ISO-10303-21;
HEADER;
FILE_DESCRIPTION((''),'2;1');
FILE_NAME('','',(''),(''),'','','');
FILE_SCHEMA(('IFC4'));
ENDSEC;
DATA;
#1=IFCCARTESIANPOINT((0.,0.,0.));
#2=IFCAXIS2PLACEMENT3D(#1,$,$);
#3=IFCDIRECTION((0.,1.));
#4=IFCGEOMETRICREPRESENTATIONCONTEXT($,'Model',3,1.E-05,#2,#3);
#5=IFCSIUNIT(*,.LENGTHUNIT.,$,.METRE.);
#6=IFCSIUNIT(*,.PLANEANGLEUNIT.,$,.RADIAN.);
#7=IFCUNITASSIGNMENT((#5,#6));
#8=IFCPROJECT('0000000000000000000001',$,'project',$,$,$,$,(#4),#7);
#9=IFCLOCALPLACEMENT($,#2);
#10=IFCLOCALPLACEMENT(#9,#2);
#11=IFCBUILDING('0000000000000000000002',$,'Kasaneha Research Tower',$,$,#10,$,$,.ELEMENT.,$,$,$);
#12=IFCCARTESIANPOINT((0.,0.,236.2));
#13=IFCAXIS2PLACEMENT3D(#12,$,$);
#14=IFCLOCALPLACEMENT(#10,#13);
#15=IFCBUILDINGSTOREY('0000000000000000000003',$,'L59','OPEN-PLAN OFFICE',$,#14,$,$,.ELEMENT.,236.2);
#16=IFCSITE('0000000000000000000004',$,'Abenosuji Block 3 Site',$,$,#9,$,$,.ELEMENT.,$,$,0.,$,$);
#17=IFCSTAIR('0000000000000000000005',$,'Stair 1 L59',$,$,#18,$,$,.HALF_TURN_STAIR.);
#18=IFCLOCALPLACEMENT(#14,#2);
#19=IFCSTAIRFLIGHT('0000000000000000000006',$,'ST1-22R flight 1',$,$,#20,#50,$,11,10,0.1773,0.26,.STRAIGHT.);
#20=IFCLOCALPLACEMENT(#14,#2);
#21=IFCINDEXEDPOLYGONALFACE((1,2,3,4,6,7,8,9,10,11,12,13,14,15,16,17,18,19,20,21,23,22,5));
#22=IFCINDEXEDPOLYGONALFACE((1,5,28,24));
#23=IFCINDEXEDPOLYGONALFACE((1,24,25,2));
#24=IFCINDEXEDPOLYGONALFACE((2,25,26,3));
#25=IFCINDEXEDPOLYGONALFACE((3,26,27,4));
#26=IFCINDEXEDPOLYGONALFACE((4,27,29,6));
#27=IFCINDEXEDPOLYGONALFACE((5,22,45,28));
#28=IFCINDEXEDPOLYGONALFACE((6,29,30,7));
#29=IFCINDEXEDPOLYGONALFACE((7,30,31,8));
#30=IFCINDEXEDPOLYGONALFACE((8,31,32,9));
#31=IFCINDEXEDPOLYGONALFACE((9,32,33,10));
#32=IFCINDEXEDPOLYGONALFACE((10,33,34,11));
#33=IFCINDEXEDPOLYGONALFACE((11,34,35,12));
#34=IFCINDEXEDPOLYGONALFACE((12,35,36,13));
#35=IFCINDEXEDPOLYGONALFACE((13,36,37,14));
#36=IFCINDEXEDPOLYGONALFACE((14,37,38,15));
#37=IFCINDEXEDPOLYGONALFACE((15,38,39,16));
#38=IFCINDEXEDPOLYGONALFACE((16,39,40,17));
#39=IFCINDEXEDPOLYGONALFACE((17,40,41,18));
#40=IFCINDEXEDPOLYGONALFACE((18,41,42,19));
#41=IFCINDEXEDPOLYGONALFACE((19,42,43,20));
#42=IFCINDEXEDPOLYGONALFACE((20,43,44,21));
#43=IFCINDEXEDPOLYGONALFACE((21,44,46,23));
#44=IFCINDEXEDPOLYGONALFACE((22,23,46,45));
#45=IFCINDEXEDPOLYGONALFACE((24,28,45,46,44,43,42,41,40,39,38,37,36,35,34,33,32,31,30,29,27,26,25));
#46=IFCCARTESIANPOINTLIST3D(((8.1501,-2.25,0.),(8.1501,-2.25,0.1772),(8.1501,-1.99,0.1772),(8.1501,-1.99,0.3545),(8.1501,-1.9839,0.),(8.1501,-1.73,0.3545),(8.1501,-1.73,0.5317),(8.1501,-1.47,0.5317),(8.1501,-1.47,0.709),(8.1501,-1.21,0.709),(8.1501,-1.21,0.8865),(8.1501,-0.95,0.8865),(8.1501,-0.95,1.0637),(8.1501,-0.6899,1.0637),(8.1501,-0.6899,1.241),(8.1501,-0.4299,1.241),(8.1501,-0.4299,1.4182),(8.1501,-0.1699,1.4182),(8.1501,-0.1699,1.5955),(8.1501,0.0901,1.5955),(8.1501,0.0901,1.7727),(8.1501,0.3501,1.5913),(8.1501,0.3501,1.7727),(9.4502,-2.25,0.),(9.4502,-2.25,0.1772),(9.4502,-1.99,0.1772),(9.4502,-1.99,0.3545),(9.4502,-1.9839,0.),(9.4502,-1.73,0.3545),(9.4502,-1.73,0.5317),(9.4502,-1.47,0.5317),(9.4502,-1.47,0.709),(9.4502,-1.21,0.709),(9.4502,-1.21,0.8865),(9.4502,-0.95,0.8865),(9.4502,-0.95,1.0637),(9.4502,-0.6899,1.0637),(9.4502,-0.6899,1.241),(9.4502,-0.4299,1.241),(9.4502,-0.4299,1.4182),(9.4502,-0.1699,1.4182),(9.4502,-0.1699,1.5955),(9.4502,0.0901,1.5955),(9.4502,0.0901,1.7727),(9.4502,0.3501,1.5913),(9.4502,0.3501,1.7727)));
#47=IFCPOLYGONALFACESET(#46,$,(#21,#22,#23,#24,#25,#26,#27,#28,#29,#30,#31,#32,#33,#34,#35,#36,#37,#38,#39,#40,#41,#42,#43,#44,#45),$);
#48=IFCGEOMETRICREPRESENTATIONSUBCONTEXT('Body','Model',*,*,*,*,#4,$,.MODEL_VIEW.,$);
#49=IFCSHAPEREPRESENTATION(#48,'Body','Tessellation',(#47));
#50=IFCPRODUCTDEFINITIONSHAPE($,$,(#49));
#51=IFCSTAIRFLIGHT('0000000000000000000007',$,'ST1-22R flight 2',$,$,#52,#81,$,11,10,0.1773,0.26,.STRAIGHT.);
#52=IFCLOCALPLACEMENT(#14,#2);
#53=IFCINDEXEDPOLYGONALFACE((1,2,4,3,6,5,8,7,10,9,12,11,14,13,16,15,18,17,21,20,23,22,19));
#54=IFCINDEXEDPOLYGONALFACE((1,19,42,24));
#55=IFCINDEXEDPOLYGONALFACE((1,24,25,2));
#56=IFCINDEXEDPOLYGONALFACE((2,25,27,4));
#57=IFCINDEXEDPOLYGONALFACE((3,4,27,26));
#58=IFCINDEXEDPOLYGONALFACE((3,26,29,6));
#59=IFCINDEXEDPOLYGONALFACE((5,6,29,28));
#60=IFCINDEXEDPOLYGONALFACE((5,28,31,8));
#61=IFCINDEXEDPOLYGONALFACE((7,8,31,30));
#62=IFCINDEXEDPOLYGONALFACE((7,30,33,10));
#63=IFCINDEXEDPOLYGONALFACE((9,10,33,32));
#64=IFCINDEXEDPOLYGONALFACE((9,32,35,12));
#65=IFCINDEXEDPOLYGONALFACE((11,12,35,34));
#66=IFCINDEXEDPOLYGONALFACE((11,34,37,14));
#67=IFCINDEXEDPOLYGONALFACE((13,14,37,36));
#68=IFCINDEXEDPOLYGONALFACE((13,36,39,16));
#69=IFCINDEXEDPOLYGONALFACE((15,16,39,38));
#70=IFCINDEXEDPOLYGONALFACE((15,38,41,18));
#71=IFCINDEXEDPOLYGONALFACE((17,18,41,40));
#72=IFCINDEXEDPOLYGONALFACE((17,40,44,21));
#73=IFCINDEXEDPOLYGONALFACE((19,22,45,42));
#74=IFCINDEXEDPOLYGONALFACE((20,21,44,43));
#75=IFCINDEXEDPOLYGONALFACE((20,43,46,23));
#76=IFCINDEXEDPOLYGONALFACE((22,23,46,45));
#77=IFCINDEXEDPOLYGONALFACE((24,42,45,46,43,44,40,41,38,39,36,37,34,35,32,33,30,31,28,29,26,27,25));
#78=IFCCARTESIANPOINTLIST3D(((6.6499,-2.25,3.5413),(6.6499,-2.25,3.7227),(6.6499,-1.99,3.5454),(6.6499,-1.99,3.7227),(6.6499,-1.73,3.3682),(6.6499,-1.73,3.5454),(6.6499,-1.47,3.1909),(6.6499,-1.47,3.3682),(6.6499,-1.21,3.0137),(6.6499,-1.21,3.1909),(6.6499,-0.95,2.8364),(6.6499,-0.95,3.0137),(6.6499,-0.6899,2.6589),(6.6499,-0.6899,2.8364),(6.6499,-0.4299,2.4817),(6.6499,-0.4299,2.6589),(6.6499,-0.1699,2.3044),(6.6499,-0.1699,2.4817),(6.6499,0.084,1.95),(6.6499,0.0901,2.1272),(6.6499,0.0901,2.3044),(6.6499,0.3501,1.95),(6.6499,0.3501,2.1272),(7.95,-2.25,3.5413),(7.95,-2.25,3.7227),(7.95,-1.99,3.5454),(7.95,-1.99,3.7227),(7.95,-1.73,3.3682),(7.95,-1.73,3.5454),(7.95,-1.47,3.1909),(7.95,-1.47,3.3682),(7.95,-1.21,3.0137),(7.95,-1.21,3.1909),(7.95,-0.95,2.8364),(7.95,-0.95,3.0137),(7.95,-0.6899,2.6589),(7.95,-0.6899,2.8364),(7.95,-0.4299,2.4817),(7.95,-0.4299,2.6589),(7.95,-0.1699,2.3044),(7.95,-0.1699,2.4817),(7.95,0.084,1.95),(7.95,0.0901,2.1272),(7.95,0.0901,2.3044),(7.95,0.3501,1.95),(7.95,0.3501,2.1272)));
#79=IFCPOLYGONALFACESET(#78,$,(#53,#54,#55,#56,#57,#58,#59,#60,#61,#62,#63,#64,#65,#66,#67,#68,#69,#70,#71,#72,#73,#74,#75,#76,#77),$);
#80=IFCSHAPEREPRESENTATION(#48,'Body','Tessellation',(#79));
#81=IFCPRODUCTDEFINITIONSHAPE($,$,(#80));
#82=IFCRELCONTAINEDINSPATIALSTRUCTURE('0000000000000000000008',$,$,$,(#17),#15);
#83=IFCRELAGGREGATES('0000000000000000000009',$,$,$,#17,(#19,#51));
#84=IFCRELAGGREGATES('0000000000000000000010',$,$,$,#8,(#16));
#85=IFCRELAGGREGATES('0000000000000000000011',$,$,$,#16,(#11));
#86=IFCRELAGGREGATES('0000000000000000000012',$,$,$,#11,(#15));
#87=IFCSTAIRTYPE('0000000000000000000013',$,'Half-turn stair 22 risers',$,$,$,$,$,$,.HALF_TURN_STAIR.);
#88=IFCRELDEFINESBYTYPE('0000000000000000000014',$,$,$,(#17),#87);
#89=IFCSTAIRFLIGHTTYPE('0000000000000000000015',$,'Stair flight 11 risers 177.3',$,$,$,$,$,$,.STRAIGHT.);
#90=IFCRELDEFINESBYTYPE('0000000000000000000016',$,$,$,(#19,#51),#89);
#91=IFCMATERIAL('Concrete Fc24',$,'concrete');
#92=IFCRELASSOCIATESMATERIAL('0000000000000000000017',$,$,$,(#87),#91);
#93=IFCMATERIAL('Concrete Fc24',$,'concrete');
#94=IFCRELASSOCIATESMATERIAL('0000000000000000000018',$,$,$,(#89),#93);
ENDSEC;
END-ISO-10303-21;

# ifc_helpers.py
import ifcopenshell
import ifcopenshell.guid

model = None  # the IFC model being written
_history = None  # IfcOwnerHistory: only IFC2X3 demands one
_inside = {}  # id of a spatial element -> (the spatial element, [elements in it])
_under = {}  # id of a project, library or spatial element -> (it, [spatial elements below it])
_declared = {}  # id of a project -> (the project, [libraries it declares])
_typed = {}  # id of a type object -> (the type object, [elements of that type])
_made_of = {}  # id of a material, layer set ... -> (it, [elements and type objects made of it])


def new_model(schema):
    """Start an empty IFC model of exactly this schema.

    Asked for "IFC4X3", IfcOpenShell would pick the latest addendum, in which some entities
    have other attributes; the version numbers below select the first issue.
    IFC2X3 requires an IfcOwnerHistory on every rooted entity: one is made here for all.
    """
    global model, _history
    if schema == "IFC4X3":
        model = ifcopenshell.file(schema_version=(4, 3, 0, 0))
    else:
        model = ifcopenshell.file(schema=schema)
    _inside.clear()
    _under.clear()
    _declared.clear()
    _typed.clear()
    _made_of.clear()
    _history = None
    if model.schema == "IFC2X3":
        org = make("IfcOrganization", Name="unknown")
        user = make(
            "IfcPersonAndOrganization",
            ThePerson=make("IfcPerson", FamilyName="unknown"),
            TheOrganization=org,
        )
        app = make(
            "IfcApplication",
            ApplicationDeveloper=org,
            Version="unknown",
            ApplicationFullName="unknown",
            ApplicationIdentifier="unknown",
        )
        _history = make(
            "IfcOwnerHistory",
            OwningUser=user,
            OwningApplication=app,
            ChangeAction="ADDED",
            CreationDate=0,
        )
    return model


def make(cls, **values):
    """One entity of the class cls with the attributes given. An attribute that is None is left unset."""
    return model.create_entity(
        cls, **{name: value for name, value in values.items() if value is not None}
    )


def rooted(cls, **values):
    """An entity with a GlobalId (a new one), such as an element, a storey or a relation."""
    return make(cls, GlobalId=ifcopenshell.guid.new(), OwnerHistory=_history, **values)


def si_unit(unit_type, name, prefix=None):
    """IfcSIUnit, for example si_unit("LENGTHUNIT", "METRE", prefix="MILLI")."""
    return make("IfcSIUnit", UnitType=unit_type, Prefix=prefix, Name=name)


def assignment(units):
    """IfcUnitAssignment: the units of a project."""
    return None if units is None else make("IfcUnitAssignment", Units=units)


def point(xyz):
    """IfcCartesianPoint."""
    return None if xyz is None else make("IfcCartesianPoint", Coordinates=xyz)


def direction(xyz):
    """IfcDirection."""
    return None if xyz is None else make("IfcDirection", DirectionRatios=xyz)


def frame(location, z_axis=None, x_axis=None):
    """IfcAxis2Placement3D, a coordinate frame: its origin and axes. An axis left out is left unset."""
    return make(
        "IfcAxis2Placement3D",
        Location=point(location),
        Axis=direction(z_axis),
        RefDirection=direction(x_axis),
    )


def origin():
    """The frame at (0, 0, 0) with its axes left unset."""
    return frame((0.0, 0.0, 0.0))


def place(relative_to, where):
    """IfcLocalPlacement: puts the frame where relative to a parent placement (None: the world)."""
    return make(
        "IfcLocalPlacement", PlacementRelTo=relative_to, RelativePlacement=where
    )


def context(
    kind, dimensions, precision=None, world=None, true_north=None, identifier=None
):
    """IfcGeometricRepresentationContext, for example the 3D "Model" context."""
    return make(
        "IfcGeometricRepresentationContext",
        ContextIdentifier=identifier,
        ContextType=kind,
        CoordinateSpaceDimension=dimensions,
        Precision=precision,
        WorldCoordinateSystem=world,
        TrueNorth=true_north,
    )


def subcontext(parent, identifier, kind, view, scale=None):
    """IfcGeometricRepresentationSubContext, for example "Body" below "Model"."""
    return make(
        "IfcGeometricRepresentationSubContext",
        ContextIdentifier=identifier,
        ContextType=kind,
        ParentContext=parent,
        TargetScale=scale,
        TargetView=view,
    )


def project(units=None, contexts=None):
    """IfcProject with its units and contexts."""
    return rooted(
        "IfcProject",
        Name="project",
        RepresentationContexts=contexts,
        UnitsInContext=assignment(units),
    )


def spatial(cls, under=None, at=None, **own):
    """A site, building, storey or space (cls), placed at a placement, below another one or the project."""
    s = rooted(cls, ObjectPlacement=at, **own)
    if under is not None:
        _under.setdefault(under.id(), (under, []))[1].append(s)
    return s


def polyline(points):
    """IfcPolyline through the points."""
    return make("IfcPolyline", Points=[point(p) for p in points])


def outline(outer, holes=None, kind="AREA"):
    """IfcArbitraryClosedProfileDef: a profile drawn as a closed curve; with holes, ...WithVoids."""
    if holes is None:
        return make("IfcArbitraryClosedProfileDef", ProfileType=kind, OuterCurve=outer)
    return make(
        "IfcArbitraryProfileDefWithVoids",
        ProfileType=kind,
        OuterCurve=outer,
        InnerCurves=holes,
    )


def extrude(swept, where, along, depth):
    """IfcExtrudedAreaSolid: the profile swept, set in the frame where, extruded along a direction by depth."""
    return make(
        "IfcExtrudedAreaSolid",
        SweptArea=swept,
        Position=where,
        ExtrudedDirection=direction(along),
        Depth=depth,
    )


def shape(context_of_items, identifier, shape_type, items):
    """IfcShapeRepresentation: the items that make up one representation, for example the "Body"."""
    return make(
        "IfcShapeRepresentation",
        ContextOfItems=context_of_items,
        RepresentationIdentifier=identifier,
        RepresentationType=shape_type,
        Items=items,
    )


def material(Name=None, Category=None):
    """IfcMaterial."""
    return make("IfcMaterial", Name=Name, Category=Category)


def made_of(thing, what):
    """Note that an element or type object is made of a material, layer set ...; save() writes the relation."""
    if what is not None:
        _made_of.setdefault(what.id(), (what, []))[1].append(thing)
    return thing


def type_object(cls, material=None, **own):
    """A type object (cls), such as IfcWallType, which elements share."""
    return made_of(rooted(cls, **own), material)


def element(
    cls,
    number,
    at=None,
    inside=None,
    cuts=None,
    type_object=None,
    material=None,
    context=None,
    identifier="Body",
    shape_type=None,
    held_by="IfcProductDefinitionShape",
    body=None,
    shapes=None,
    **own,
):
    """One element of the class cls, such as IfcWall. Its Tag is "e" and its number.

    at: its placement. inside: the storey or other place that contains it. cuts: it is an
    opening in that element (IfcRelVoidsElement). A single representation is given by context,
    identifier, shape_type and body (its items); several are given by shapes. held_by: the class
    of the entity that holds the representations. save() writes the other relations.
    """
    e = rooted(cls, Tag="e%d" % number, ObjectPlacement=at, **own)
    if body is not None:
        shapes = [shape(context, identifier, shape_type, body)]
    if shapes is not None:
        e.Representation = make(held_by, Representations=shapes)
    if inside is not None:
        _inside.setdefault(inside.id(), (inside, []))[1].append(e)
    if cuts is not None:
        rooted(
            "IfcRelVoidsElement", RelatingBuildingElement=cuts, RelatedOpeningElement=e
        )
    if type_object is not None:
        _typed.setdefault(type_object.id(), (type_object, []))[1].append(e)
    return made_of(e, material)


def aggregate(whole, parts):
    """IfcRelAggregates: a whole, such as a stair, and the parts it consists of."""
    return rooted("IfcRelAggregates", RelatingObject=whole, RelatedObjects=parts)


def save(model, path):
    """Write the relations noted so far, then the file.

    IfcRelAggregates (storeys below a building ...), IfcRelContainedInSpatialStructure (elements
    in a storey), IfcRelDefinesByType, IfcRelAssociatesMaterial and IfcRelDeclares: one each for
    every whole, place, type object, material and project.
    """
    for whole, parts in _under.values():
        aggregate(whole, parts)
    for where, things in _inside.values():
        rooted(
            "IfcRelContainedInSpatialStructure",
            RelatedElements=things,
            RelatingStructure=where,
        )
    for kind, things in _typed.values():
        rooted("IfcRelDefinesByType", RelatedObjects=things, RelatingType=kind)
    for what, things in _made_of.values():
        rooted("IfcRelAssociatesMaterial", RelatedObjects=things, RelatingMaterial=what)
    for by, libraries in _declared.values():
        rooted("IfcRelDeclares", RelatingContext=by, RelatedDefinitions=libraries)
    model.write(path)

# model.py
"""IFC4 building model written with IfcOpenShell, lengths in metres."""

from ifc_helpers import new_model, si_unit, direction, frame, origin, place, context, subcontext, project, spatial, polyline, outline, extrude, material, type_object, element, aggregate, save


model = new_model("IFC4")

# Units and contexts
model_context = context("Model", 3, precision=1e-05, world=origin(), true_north=direction((0.0, 1.0)))
body_context = subcontext(model_context, "Body", "Model", "MODEL_VIEW")
ifc_project = project(units=[si_unit("LENGTHUNIT", "METRE"), si_unit("PLANEANGLEUNIT", "RADIAN")], contexts=[model_context])

# Site, building, storey
site_placement = place(None, origin())
site = spatial("IfcSite", under=ifc_project, at=site_placement, Name="Abenosuji Block 3 Site", CompositionType="ELEMENT", RefElevation=0.0)
building_placement = place(site_placement, origin())
building = spatial("IfcBuilding", under=site, at=building_placement, Name="Kasaneha Research Tower", CompositionType="ELEMENT")
storey_placement = place(building_placement, frame((0.0, 0.0, 236.2)))
storey = spatial("IfcBuildingStorey", under=building, at=storey_placement, Name="L59", Description="OPEN-PLAN OFFICE", CompositionType="ELEMENT", Elevation=236.2)

# Stair, stair flights
ifc_material_1 = material(Name="Concrete Fc24", Category="concrete")
stair_type = type_object("IfcStairType", Name="Half-turn stair 22 risers", PredefinedType="HALF_TURN_STAIR", material=ifc_material_1)
stair_placement = place(storey_placement, origin())
stair = element("IfcStair", 1, at=stair_placement, inside=storey, type_object=stair_type, Name="Stair 1 L59", PredefinedType="HALF_TURN_STAIR")
ifc_material_2 = material(Name="Concrete Fc24", Category="concrete")
stair_flight_type = type_object("IfcStairFlightType", Name="Stair flight 11 risers 177.3", PredefinedType="STRAIGHT", material=ifc_material_2)
stair_flight_1_placement = place(storey_placement, frame((8.8, -2.25, 0.0), z_axis=(0.0, 0.0, 1.0), x_axis=(0.0, 1.0, 0.0)))
stair_flight_1 = element("IfcStairFlight", 2, at=stair_flight_1_placement, type_object=stair_flight_type, Name="ST1-22R flight 1", NumberOfRisers=11, NumberOfTreads=10, PredefinedType="STRAIGHT", RiserHeight=0.1773, TreadLength=0.26, context=body_context, shape_type="SweptSolid", body=[
    extrude(outline(polyline([(0.0, 0.0), (0.0, 0.1772), (0.26, 0.1772), (0.26, 0.3545), (0.52, 0.3545), (0.52, 0.5317), (0.78, 0.5317), (0.78, 0.709), (1.04, 0.709), (1.04, 0.8865), (1.3, 0.8865), (1.3, 1.0637), (1.5601, 1.0637), (1.5601, 1.241), (1.8201, 1.241), (1.8201, 1.4182), (2.0801, 1.4182), (2.0801, 1.5955), (2.3401, 1.5955), (2.3401, 1.7727), (2.6001, 1.7727), (2.6001, 1.95), (2.6001, 1.5913), (0.2661, 0.0), (0.0, 0.0)])), frame((0.0, 0.6499, 0.0), z_axis=(0.0, -1.0, 0.0), x_axis=(1.0, 0.0, 0.0)), (0.0, 0.0, 1.0), 1.3),
])
stair_flight_2_placement = place(storey_placement, frame((7.3, 0.3501, 1.95), z_axis=(0.0, 0.0, 1.0), x_axis=(0.0, -1.0, 0.0)))
stair_flight_2 = element("IfcStairFlight", 3, at=stair_flight_2_placement, type_object=stair_flight_type, Name="ST1-22R flight 2", NumberOfRisers=11, NumberOfTreads=10, PredefinedType="STRAIGHT", RiserHeight=0.1773, TreadLength=0.26, context=body_context, shape_type="SweptSolid", body=[
    extrude(outline(polyline([(0.0, 0.0), (0.0, 0.1772), (0.26, 0.1772), (0.26, 0.3545), (0.52, 0.3545), (0.52, 0.5317), (0.78, 0.5317), (0.78, 0.709), (1.04, 0.709), (1.04, 0.8865), (1.3, 0.8865), (1.3, 1.0637), (1.5601, 1.0637), (1.5601, 1.241), (1.8201, 1.241), (1.8201, 1.4182), (2.0801, 1.4182), (2.0801, 1.5955), (2.3401, 1.5955), (2.3401, 1.7727), (2.6001, 1.7727), (2.6001, 1.95), (2.6001, 1.5913), (0.2661, 0.0), (0.0, 0.0)])), frame((0.0, 0.6499, 0.0), z_axis=(0.0, -1.0, 0.0), x_axis=(1.0, 0.0, 0.0)), (0.0, 0.0, 1.0), 1.3),
])
aggregate(stair, [stair_flight_1, stair_flight_2])

save(model, "model.ifc")
